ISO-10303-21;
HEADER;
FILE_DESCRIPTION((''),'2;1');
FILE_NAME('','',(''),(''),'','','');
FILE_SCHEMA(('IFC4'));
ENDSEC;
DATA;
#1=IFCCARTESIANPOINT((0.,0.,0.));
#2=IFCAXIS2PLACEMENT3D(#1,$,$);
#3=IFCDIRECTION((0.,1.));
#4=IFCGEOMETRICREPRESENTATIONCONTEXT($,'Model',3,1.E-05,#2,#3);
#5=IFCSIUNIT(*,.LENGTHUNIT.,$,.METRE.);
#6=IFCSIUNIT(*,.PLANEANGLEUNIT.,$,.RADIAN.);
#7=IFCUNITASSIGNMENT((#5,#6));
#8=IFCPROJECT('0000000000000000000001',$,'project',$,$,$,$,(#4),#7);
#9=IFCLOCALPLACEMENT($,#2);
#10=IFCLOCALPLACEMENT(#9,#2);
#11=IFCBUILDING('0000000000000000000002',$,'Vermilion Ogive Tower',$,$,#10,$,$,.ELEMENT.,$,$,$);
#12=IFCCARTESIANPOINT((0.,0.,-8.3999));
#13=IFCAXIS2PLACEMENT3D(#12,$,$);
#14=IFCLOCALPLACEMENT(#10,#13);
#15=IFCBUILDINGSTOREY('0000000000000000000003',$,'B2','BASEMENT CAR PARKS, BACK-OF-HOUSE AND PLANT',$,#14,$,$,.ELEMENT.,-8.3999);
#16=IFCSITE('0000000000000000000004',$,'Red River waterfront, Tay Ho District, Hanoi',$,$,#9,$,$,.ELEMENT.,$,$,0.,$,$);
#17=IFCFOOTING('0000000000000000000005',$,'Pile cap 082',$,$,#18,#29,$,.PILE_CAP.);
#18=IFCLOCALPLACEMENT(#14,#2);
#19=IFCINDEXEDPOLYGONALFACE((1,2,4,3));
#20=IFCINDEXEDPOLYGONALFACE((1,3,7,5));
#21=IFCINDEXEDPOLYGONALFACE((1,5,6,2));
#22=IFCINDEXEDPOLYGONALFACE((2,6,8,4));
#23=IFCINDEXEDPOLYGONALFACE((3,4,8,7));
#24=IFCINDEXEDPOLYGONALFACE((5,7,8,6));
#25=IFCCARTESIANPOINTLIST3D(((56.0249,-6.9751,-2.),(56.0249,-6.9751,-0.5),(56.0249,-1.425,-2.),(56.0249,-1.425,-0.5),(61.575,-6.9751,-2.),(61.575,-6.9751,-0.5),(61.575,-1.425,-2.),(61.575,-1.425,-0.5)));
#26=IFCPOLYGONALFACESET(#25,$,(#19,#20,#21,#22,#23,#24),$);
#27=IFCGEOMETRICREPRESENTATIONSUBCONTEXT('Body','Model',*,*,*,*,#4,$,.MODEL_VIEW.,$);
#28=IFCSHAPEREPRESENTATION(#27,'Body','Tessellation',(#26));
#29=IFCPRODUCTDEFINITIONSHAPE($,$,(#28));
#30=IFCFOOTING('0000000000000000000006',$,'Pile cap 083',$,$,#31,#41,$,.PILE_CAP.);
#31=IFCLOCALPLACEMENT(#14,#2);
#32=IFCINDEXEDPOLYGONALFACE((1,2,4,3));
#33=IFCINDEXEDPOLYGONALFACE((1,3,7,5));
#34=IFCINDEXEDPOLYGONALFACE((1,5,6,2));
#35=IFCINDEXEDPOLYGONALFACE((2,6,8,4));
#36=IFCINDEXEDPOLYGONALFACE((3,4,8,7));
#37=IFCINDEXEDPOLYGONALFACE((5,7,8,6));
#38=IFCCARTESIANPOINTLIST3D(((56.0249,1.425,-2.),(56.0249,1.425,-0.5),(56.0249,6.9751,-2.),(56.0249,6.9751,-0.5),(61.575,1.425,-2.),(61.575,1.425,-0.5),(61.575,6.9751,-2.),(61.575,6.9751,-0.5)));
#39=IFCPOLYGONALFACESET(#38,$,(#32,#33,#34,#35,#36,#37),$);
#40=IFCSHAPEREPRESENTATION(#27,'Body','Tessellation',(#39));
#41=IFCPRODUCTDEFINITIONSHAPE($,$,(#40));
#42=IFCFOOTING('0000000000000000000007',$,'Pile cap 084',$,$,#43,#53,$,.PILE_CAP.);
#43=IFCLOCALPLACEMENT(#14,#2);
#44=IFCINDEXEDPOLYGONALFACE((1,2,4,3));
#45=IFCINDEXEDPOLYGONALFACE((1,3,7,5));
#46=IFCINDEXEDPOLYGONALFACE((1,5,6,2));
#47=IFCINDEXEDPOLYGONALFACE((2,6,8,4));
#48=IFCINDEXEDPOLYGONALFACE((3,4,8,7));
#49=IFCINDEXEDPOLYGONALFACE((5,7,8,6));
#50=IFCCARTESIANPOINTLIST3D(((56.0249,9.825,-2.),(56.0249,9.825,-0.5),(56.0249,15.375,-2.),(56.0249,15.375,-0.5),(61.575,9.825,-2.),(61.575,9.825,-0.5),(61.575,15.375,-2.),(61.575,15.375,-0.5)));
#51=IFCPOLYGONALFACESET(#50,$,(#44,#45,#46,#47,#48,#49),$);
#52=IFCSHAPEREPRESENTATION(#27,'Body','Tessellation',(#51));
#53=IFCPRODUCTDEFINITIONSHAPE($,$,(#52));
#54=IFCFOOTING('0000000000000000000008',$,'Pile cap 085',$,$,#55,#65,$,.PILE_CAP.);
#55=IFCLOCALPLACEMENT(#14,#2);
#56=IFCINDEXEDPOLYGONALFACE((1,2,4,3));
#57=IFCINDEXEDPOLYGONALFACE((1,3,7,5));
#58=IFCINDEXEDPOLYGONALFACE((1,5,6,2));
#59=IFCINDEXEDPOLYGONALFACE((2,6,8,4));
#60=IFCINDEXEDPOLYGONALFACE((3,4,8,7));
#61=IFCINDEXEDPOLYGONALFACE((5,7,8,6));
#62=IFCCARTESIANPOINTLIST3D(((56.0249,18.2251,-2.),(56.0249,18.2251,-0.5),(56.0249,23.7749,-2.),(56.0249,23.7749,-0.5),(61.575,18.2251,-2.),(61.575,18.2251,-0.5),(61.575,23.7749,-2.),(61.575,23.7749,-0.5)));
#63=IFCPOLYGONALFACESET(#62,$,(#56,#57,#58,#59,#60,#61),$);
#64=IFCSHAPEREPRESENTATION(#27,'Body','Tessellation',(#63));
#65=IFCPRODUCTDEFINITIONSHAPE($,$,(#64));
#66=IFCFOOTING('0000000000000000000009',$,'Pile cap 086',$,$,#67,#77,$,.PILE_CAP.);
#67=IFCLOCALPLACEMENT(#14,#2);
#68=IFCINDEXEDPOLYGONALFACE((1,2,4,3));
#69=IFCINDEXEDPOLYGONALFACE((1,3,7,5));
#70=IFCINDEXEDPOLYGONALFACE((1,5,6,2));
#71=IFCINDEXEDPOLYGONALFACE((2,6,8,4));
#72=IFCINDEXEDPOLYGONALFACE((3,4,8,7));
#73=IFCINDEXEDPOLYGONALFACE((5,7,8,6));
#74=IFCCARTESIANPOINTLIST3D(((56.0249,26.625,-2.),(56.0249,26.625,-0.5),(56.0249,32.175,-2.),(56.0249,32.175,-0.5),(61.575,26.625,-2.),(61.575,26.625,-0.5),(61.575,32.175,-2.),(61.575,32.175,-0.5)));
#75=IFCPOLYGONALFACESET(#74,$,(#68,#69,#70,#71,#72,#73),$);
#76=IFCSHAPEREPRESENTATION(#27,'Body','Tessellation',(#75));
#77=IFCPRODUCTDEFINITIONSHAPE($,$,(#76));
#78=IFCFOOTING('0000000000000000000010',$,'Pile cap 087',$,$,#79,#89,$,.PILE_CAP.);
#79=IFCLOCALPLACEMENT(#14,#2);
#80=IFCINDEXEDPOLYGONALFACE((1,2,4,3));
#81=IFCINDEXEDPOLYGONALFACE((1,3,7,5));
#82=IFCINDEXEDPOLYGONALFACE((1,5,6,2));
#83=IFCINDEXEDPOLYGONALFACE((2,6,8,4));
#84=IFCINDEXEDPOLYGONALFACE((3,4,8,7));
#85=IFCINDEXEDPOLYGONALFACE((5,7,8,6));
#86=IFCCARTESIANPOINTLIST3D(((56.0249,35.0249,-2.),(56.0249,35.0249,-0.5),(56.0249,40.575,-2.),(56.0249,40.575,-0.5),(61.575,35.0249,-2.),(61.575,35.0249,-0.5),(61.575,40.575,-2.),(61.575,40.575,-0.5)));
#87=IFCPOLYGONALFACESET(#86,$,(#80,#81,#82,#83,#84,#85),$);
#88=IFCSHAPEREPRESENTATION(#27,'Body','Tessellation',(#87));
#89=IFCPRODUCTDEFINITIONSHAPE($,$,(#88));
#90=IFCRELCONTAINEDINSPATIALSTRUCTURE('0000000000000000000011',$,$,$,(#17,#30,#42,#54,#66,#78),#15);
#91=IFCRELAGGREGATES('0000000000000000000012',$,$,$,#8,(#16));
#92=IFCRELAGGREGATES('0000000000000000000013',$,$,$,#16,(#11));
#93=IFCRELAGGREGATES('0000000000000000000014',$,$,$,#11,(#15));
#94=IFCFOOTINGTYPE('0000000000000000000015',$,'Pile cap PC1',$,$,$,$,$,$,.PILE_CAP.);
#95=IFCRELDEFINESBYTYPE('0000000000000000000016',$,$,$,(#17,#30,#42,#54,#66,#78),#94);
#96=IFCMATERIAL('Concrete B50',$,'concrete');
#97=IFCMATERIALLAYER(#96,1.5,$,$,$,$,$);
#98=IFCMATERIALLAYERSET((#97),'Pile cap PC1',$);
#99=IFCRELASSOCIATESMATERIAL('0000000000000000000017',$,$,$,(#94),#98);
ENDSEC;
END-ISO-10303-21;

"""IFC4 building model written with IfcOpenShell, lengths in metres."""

from ifc_helpers import new_model, si_unit, direction, frame, origin, place, context, subcontext, project, spatial, polyline, outline, extrude, material, layer, layer_set, type_object, element, save


model = new_model("IFC4")

# Units and contexts
model_context = context("Model", 3, precision=1e-05, world=origin(), true_north=direction((0.0, 1.0)))
body_context = subcontext(model_context, "Body", "Model", "MODEL_VIEW")
ifc_project = project(units=[si_unit("LENGTHUNIT", "METRE"), si_unit("PLANEANGLEUNIT", "RADIAN")], contexts=[model_context])

# Site, building, storey
site_placement = place(None, origin())
site = spatial("IfcSite", under=ifc_project, at=site_placement, Name="Red River waterfront, Tay Ho District, Hanoi", CompositionType="ELEMENT", RefElevation=0.0)
building_placement = place(site_placement, origin())
building = spatial("IfcBuilding", under=site, at=building_placement, Name="Vermilion Ogive Tower", CompositionType="ELEMENT")
storey_placement = place(building_placement, frame((0.0, 0.0, -8.3999)))
storey = spatial("IfcBuildingStorey", under=building, at=storey_placement, Name="B2", Description="BASEMENT CAR PARKS, BACK-OF-HOUSE AND PLANT", CompositionType="ELEMENT", Elevation=-8.3999)

# Footings
ifc_material_1 = material(Name="Concrete B50", Category="concrete")
ifc_layer = layer(ifc_material_1, 1.5)
ifc_layer_set = layer_set([ifc_layer], Name="Pile cap PC1")
footing_type_1 = type_object("IfcFootingType", Name="Pile cap PC1", PredefinedType="PILE_CAP", material=ifc_layer_set)
footing_1_placement = place(storey_placement, frame((0.0, 0.0, -2.0)))
element("IfcFooting", 1, at=footing_1_placement, inside=storey, type_object=footing_type_1, Name="Pile cap 082", PredefinedType="PILE_CAP", context=body_context, shape_type="SweptSolid", body=[
    extrude(outline(polyline([(56.0249, -6.9751), (61.575, -6.9751), (61.575, -1.425), (56.0249, -1.425), (56.0249, -6.9751)])), origin(), (0.0, 0.0, 1.0), 1.5),
])
footing_2_placement = place(storey_placement, frame((0.0, 0.0, -2.0)))
element("IfcFooting", 2, at=footing_2_placement, inside=storey, type_object=footing_type_1, Name="Pile cap 083", PredefinedType="PILE_CAP", context=body_context, shape_type="SweptSolid", body=[
    extrude(outline(polyline([(56.0249, 1.425), (61.575, 1.425), (61.575, 6.9751), (56.0249, 6.9751), (56.0249, 1.425)])), origin(), (0.0, 0.0, 1.0), 1.5),
])
footing_3_placement = place(storey_placement, frame((0.0, 0.0, -2.0)))
element("IfcFooting", 3, at=footing_3_placement, inside=storey, type_object=footing_type_1, Name="Pile cap 084", PredefinedType="PILE_CAP", context=body_context, shape_type="SweptSolid", body=[
    extrude(outline(polyline([(56.0249, 9.825), (61.575, 9.825), (61.575, 15.375), (56.0249, 15.375), (56.0249, 9.825)])), origin(), (0.0, 0.0, 1.0), 1.5),
])
footing_4_placement = place(storey_placement, frame((0.0, 0.0, -2.0)))
element("IfcFooting", 4, at=footing_4_placement, inside=storey, type_object=footing_type_1, Name="Pile cap 085", PredefinedType="PILE_CAP", context=body_context, shape_type="SweptSolid", body=[
    extrude(outline(polyline([(56.0249, 18.2251), (61.575, 18.2251), (61.575, 23.7749), (56.0249, 23.7749), (56.0249, 18.2251)])), origin(), (0.0, 0.0, 1.0), 1.5),
])
footing_5_placement = place(storey_placement, frame((0.0, 0.0, -2.0)))
element("IfcFooting", 5, at=footing_5_placement, inside=storey, type_object=footing_type_1, Name="Pile cap 086", PredefinedType="PILE_CAP", context=body_context, shape_type="SweptSolid", body=[
    extrude(outline(polyline([(56.0249, 26.625), (61.575, 26.625), (61.575, 32.175), (56.0249, 32.175), (56.0249, 26.625)])), origin(), (0.0, 0.0, 1.0), 1.5),
])
footing_6_placement = place(storey_placement, frame((0.0, 0.0, -2.0)))
element("IfcFooting", 6, at=footing_6_placement, inside=storey, type_object=footing_type_1, Name="Pile cap 087", PredefinedType="PILE_CAP", context=body_context, shape_type="SweptSolid", body=[
    extrude(outline(polyline([(56.0249, 35.0249), (61.575, 35.0249), (61.575, 40.575), (56.0249, 40.575), (56.0249, 35.0249)])), origin(), (0.0, 0.0, 1.0), 1.5),
])

save(model, "model.ifc")
